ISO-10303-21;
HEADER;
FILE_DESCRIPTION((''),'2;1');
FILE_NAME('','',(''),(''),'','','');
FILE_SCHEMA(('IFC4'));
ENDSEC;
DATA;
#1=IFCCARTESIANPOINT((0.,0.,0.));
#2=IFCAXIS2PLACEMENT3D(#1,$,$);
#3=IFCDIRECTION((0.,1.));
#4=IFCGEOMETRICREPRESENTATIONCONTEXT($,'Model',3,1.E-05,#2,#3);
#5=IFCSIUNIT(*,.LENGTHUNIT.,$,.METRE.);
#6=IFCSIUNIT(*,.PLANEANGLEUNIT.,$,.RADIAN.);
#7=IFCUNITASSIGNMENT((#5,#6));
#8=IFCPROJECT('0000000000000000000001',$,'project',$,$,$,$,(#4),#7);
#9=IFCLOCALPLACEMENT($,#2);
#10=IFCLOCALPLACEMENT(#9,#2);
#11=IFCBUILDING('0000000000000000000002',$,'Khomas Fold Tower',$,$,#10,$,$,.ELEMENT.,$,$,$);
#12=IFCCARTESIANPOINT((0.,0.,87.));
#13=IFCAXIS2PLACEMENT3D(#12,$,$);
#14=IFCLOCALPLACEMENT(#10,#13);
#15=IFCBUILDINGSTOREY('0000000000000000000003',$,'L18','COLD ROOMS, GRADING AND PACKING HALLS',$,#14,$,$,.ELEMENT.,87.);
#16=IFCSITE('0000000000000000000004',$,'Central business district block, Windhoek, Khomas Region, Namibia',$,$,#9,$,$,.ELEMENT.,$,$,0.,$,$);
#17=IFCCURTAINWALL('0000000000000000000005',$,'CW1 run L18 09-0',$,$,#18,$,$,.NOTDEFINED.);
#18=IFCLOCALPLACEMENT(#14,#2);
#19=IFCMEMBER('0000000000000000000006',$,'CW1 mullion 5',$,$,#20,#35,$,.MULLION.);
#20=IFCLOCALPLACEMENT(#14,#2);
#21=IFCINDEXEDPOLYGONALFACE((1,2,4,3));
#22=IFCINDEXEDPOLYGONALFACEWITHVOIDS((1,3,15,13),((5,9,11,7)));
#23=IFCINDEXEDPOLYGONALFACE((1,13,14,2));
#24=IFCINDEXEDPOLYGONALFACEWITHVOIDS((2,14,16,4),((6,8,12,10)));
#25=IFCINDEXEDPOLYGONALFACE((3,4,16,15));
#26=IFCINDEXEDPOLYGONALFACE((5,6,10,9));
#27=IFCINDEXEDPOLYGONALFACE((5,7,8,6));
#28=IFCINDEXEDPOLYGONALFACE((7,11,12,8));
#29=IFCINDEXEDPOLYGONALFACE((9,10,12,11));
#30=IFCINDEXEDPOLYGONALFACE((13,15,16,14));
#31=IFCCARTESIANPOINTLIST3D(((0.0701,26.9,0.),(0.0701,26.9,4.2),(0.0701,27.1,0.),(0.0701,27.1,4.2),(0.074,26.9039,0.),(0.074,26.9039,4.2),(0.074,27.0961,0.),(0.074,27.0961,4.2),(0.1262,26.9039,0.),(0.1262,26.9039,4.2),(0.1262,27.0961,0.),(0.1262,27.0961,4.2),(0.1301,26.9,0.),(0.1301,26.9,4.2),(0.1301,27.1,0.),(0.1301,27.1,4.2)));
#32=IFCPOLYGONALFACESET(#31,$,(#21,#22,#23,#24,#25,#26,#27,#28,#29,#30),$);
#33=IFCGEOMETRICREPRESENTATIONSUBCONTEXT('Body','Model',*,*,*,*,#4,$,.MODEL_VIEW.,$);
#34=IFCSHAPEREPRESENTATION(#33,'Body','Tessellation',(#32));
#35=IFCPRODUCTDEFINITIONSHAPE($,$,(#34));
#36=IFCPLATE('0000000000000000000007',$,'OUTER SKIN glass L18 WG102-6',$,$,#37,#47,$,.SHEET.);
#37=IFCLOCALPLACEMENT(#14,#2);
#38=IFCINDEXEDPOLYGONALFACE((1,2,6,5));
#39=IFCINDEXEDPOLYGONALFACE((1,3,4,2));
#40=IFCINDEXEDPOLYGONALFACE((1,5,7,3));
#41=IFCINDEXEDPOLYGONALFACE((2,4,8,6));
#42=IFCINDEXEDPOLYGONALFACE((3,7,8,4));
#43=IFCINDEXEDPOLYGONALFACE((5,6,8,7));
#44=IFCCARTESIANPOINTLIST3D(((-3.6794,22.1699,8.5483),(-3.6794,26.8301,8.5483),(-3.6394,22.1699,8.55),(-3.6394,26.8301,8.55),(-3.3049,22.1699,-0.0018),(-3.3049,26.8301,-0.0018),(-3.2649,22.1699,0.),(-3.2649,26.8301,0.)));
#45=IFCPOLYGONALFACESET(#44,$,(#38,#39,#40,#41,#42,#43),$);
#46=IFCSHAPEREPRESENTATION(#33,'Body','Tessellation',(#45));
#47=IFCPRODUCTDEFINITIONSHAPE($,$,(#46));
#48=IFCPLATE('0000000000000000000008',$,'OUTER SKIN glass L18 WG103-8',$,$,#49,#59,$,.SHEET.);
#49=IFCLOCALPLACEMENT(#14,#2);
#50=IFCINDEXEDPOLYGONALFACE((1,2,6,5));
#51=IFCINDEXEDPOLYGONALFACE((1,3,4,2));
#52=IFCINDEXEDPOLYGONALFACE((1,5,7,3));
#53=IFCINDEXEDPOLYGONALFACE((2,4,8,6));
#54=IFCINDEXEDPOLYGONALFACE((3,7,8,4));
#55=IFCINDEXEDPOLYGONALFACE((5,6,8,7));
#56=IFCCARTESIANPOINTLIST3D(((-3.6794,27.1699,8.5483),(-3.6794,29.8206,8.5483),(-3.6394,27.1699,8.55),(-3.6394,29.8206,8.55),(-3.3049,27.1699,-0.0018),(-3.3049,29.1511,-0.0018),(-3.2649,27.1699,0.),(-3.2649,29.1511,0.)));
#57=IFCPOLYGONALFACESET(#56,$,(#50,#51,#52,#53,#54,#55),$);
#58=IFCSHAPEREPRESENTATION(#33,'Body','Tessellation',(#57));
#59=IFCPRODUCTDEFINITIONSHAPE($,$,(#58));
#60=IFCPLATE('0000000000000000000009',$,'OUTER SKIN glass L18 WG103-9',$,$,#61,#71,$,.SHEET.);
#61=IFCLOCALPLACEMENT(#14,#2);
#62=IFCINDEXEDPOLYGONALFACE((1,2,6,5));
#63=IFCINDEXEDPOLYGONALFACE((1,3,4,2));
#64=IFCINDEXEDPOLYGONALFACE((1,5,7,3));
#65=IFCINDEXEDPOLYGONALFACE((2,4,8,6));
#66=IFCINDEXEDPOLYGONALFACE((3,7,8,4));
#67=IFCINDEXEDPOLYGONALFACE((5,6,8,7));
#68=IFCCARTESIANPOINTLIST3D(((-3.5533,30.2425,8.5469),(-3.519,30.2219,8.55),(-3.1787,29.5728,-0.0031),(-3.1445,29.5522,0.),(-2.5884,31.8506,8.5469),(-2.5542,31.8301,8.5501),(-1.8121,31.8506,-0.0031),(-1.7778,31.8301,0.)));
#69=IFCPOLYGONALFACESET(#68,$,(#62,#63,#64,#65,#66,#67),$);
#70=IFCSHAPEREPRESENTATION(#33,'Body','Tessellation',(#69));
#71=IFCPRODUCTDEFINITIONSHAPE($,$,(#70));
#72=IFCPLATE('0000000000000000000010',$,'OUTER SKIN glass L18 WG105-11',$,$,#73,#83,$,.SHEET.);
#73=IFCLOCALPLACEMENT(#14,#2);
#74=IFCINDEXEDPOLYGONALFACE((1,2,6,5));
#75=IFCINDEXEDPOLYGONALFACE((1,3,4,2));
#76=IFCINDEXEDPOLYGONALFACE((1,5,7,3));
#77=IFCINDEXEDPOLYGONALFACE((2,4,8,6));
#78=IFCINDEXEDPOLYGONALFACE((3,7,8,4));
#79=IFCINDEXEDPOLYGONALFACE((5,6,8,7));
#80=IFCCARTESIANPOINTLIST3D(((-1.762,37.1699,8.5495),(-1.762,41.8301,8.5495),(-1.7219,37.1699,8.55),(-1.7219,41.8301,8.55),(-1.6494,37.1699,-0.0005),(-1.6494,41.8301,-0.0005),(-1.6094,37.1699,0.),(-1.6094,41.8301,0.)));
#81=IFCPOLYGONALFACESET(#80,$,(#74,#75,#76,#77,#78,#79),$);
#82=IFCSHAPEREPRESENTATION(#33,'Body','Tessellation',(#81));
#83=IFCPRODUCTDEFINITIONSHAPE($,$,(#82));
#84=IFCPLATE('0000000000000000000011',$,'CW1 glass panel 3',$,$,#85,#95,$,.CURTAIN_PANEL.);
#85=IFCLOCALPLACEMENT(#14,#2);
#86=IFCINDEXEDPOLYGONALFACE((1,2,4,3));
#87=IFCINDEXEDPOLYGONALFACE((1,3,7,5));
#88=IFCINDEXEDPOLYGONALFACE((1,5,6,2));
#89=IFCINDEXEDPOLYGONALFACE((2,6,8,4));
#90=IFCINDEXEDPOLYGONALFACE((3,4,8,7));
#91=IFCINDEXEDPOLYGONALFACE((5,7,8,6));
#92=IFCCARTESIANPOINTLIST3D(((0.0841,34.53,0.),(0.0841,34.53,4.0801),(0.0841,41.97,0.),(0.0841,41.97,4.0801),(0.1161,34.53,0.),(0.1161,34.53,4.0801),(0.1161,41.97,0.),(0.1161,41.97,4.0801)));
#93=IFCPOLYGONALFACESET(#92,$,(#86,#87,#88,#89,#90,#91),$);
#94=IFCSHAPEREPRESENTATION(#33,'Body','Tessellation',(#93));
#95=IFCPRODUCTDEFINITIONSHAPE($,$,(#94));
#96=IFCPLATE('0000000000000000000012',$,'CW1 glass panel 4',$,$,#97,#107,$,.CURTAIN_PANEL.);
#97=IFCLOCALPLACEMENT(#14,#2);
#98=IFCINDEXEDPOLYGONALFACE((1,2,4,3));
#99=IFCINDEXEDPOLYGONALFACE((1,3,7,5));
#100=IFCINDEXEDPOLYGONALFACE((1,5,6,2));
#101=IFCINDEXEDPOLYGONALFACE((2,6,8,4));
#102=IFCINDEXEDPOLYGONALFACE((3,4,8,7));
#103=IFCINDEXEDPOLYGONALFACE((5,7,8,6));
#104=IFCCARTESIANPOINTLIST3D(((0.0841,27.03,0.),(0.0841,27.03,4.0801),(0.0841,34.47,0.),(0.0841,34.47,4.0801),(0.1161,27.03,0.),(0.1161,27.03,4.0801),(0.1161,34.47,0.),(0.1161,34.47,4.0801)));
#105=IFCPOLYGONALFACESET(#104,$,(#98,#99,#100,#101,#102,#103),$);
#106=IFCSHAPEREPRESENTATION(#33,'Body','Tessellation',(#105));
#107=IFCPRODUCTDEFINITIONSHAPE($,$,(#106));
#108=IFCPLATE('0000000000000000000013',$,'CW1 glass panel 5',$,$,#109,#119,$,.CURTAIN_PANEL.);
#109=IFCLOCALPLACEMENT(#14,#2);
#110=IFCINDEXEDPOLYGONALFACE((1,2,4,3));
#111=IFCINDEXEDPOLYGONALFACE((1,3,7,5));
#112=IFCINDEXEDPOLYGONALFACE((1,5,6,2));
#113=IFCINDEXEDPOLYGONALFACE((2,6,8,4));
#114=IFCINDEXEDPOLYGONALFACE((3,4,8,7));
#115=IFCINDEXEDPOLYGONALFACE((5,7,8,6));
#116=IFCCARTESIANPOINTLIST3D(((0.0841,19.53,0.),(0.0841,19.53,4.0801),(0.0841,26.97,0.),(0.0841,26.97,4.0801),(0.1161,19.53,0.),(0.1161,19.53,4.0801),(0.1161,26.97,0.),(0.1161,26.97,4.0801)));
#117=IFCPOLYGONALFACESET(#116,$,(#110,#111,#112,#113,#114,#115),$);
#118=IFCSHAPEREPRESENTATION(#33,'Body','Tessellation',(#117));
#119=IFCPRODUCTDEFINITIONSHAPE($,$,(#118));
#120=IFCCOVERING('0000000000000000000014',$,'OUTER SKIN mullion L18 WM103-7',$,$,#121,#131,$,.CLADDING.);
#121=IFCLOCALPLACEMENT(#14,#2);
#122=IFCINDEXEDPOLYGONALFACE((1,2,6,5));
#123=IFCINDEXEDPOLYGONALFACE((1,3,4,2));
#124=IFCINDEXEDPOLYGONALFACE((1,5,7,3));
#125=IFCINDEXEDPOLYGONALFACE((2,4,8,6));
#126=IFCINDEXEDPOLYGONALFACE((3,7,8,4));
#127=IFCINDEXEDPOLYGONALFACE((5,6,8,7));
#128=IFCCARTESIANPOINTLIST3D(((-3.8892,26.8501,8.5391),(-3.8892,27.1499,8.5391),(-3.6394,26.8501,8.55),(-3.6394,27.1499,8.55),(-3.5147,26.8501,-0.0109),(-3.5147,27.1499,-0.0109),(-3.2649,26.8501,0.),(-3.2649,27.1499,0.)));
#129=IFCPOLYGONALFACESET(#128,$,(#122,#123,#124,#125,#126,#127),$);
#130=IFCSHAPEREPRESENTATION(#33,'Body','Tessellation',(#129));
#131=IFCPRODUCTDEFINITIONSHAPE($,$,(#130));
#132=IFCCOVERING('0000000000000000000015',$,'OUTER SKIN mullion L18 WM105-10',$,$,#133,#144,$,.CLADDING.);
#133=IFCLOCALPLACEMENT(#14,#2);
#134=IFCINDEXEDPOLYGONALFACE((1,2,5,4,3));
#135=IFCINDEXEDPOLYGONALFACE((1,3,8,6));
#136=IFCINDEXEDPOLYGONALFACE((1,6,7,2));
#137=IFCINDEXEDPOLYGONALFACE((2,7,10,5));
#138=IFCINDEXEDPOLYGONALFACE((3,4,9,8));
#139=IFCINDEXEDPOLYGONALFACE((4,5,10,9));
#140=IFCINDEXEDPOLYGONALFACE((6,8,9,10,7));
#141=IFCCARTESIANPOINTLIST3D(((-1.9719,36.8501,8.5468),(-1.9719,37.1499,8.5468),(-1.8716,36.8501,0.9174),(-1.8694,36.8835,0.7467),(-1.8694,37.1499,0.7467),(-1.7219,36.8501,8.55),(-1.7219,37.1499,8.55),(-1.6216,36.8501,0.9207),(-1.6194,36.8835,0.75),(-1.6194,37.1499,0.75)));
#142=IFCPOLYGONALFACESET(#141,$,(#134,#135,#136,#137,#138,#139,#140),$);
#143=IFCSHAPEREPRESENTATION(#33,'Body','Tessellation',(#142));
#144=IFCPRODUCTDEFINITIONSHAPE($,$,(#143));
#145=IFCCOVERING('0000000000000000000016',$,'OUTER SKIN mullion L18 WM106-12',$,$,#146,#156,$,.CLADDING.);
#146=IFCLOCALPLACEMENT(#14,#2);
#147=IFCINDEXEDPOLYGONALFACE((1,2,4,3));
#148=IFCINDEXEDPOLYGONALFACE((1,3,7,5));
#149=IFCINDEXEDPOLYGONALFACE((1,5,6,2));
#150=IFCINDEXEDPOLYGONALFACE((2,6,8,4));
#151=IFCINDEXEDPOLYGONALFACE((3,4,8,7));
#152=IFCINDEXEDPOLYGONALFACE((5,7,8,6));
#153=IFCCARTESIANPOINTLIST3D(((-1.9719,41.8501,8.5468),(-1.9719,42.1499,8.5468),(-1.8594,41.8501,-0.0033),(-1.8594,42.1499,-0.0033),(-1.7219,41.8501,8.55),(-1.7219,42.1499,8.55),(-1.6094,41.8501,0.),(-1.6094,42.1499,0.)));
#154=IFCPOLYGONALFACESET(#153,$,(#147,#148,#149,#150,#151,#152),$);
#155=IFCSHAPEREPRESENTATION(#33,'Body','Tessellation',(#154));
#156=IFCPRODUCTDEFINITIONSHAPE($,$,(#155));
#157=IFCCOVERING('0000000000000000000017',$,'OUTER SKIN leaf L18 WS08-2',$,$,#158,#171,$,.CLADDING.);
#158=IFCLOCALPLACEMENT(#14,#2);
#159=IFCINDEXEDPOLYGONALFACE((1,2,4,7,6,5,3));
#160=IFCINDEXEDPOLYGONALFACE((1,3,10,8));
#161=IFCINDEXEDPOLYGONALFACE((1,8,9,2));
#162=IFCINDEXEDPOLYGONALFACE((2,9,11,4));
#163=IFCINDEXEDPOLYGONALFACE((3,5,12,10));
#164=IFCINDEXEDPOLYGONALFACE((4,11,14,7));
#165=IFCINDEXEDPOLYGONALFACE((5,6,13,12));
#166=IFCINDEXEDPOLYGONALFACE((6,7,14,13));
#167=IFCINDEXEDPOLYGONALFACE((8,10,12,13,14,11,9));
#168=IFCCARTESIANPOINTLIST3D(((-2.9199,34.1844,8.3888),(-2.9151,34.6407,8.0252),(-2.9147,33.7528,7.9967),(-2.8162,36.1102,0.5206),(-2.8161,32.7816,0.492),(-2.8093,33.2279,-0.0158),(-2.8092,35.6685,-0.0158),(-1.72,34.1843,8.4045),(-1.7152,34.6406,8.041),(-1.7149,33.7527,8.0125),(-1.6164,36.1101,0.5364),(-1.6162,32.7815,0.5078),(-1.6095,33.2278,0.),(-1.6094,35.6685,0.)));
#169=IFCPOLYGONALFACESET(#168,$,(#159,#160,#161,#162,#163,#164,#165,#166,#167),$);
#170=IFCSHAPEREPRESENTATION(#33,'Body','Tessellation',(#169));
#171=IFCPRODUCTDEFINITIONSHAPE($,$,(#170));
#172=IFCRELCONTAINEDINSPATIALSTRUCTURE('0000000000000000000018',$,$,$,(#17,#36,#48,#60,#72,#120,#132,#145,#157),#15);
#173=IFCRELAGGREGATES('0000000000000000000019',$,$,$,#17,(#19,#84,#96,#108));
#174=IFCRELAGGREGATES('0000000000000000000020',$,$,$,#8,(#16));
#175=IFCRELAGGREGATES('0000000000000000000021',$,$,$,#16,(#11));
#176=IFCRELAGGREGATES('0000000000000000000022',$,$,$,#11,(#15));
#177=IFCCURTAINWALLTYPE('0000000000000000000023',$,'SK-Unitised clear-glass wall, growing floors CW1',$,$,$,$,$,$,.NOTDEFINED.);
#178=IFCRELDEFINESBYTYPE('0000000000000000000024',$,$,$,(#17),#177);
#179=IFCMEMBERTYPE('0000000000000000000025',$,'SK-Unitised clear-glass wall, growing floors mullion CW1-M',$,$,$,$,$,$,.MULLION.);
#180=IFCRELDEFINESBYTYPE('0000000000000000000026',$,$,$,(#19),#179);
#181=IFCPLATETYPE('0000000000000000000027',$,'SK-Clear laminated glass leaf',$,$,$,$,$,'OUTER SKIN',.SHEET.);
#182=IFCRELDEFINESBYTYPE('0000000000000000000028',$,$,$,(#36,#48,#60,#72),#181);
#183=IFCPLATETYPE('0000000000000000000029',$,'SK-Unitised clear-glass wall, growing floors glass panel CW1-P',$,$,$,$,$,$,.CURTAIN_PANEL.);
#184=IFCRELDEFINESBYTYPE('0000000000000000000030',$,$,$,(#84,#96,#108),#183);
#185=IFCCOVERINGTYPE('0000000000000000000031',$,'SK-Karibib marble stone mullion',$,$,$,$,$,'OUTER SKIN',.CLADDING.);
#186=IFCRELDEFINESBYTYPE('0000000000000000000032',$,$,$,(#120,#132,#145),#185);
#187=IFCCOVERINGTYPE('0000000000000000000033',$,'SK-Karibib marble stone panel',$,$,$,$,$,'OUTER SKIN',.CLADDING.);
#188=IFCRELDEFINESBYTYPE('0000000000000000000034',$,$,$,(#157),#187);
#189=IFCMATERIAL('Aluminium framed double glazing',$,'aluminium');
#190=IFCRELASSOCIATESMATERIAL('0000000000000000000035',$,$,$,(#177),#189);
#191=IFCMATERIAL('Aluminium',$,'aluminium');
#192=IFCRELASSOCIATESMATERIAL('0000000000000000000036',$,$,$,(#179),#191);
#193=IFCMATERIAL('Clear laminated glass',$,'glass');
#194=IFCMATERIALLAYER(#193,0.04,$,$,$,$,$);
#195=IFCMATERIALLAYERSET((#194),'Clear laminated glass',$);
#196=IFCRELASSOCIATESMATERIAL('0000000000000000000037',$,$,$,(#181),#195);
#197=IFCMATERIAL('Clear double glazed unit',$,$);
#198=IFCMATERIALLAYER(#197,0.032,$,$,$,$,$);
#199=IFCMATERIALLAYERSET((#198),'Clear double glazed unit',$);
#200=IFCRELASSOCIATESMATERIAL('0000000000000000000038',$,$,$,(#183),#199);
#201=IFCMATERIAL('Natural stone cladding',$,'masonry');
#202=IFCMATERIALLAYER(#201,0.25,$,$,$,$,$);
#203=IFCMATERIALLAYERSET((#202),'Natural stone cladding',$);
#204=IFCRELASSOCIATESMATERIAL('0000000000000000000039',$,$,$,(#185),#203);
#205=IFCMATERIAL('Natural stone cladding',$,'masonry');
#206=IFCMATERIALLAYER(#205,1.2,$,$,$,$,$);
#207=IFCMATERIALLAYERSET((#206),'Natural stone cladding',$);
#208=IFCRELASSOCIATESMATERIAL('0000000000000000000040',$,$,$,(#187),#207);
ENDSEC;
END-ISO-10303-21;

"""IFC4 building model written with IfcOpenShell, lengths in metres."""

from ifc_helpers import new_model, si_unit, direction, frame, origin, origin_2d, place, context, subcontext, project, spatial, polyline, rectangle, hollow_rectangle, outline, extrude, source, transform, mapped, material, layer, layer_set, material_profile, profile_set, type_object, element, aggregate, save


model = new_model("IFC4")

# Units and contexts
model_context = context("Model", 3, precision=1e-05, world=origin(), true_north=direction((0.0, 1.0)))
body_context = subcontext(model_context, "Body", "Model", "MODEL_VIEW")
ifc_project = project(units=[si_unit("LENGTHUNIT", "METRE"), si_unit("PLANEANGLEUNIT", "RADIAN")], contexts=[model_context])

# Site, building, storey
site_placement = place(None, origin())
site = spatial("IfcSite", under=ifc_project, at=site_placement, Name="Central business district block, Windhoek, Khomas Region, Namibia", CompositionType="ELEMENT", RefElevation=0.0)
building_placement = place(site_placement, origin())
building = spatial("IfcBuilding", under=site, at=building_placement, Name="Khomas Fold Tower", CompositionType="ELEMENT")
storey_placement = place(building_placement, frame((0.0, 0.0, 87.0)))
storey = spatial("IfcBuildingStorey", under=building, at=storey_placement, Name="L18", Description="COLD ROOMS, GRADING AND PACKING HALLS", CompositionType="ELEMENT", Elevation=87.0)

# Curtain wall, member
ifc_material_1 = material(Name="Aluminium framed double glazing", Category="aluminium")
curtain_wall_type = type_object("IfcCurtainWallType", Name="SK-Unitised clear-glass wall, growing floors CW1", PredefinedType="NOTDEFINED", material=ifc_material_1)
curtain_wall_placement = place(storey_placement, origin())
curtain_wall = element("IfcCurtainWall", 1, at=curtain_wall_placement, inside=storey, type_object=curtain_wall_type, Name="CW1 run L18 09-0", PredefinedType="NOTDEFINED")
ifc_material_2 = material(Name="Aluminium", Category="aluminium")
ifc_material_profile_1 = material_profile(ifc_material_2, hollow_rectangle(XDim=0.0601, YDim=0.2, WallThickness=0.0039, at=origin_2d()), Name="SK-Unitised clear-glass wall, growing floors mullion CW1-M")
ifc_profile_set_1 = profile_set([ifc_material_profile_1], Name="Aluminium")
member_type_1 = type_object("IfcMemberType", Name="SK-Unitised clear-glass wall, growing floors mullion CW1-M", PredefinedType="MULLION", material=ifc_profile_set_1)
shared_shape_1 = source(origin(), body_context, "Body", "SweptSolid", [
    extrude(hollow_rectangle(XDim=0.0601, YDim=0.2, WallThickness=0.0039, at=origin_2d()), origin(), (0.0, 0.0, 1.0), 4.2),
])
member_1_placement = place(storey_placement, frame((0.1001, 27.0, 0.0), z_axis=(0.0, 0.0, 1.0), x_axis=(1.0, 0.0, 0.0)))
member_1 = element("IfcMember", 2, at=member_1_placement, type_object=member_type_1, Name="CW1 mullion 5", PredefinedType="MULLION", context=body_context, shape_type="MappedRepresentation", body=[
    mapped(shared_shape_1, transform((0.0, 0.0, 0.0))),
])

# Plates
ifc_material_3 = material(Name="Clear laminated glass", Category="glass")
ifc_layer_1 = layer(ifc_material_3, 0.04)
ifc_layer_set_1 = layer_set([ifc_layer_1], Name="Clear laminated glass")
plate_type_1 = type_object("IfcPlateType", Name="SK-Clear laminated glass leaf", ElementType="OUTER SKIN", PredefinedType="SHEET", material=ifc_layer_set_1)
plate_1_placement = place(storey_placement, frame((-3.6394, 26.8301, 8.55), z_axis=(0.999042, 0.0, 0.04376), x_axis=(0.04376, 0.0, -0.999042)))
element("IfcPlate", 3, at=plate_1_placement, inside=storey, type_object=plate_type_1, Name="OUTER SKIN glass L18 WG102-6", PredefinedType="SHEET", context=body_context, shape_type="SweptSolid", body=[
    extrude(outline(polyline([(0.0, 0.0), (8.5582, 0.0), (8.5582, -4.6602), (0.0, -4.6602), (0.0, 0.0)])), origin(), (0.0, 0.0, -1.0), 0.04),
])
plate_2_placement = place(storey_placement, frame((-3.6394, 29.8206, 8.55), z_axis=(0.999042, 0.0, 0.04376), x_axis=(0.043627, -0.077983, -0.996)))
element("IfcPlate", 4, at=plate_2_placement, inside=storey, type_object=plate_type_1, Name="OUTER SKIN glass L18 WG103-8", PredefinedType="SHEET", context=body_context, shape_type="SweptSolid", body=[
    extrude(outline(polyline([(0.0, 0.0), (8.5844, 0.0), (8.7389, -1.9752), (0.2067, -2.6426), (0.0, 0.0)])), origin(), (0.0, 0.0, -1.0), 0.04),
])
plate_3_placement = place(storey_placement, frame((-3.519, 30.2219, 8.55), z_axis=(0.85491, -0.512935, 0.077625), x_axis=(0.514488, 0.857498, 0.000001)))
element("IfcPlate", 5, at=plate_3_placement, inside=storey, type_object=plate_type_1, Name="OUTER SKIN glass L18 WG103-9", PredefinedType="SHEET", context=body_context, shape_type="SweptSolid", body=[
    extrude(outline(polyline([(0.0, 0.0), (1.8754, 0.0), (2.2748, -8.5759), (-0.3816, -8.5759), (0.0, 0.0)])), origin(), (0.0, 0.0, -1.0), 0.04),
])
plate_4_placement = place(storey_placement, frame((-1.7219, 41.8301, 8.55), z_axis=(0.999913, 0.0, 0.013162), x_axis=(0.013162, 0.0, -0.999913)))
element("IfcPlate", 6, at=plate_4_placement, inside=storey, type_object=plate_type_1, Name="OUTER SKIN glass L18 WG105-11", PredefinedType="SHEET", context=body_context, shape_type="SweptSolid", body=[
    extrude(outline(polyline([(0.0, 0.0), (8.5508, 0.0), (8.5508, -4.6602), (0.0, -4.6602), (0.0, 0.0)])), origin(), (0.0, 0.0, -1.0), 0.04),
])

# Plates
ifc_material_4 = material(Name="Clear double glazed unit")
ifc_layer_2 = layer(ifc_material_4, 0.032)
ifc_layer_set_2 = layer_set([ifc_layer_2], Name="Clear double glazed unit")
plate_type_2 = type_object("IfcPlateType", Name="SK-Unitised clear-glass wall, growing floors glass panel CW1-P", PredefinedType="CURTAIN_PANEL", material=ifc_layer_set_2)
shared_shape_2 = source(origin(), body_context, "Body", "SweptSolid", [
    extrude(rectangle(XDim=7.4399, YDim=0.032, at=origin_2d()), origin(), (0.0, 0.0, 1.0), 4.0801),
])
plate_5_placement = place(storey_placement, frame((0.1001, 38.25, 0.0), z_axis=(0.0, 0.0, 1.0), x_axis=(0.0, -1.0, 0.0)))
plate_5 = element("IfcPlate", 7, at=plate_5_placement, type_object=plate_type_2, Name="CW1 glass panel 3", PredefinedType="CURTAIN_PANEL", context=body_context, shape_type="MappedRepresentation", body=[
    mapped(shared_shape_2, transform((0.0, 0.0, 0.0))),
])
plate_6_placement = place(storey_placement, frame((0.1001, 30.75, 0.0), z_axis=(0.0, 0.0, 1.0), x_axis=(0.0, -1.0, 0.0)))
plate_6 = element("IfcPlate", 8, at=plate_6_placement, type_object=plate_type_2, Name="CW1 glass panel 4", PredefinedType="CURTAIN_PANEL", context=body_context, shape_type="MappedRepresentation", body=[
    mapped(shared_shape_2, transform((0.0, 0.0, 0.0))),
])
plate_7_placement = place(storey_placement, frame((0.1001, 23.25, 0.0), z_axis=(0.0, 0.0, 1.0), x_axis=(0.0, -1.0, 0.0)))
plate_7 = element("IfcPlate", 9, at=plate_7_placement, type_object=plate_type_2, Name="CW1 glass panel 5", PredefinedType="CURTAIN_PANEL", context=body_context, shape_type="MappedRepresentation", body=[
    mapped(shared_shape_2, transform((0.0, 0.0, 0.0))),
])
aggregate(curtain_wall, [member_1, plate_5, plate_6, plate_7])

# Coverings
ifc_material_5 = material(Name="Natural stone cladding", Category="masonry")
ifc_layer_3 = layer(ifc_material_5, 0.25)
ifc_layer_set_3 = layer_set([ifc_layer_3], Name="Natural stone cladding")
covering_type_1 = type_object("IfcCoveringType", Name="SK-Karibib marble stone mullion", ElementType="OUTER SKIN", PredefinedType="CLADDING", material=ifc_layer_set_3)
covering_1_placement = place(storey_placement, frame((-3.6394, 27.1499, 8.55), z_axis=(0.999042, 0.0, 0.04376), x_axis=(0.04376, 0.0, -0.999042)))
element("IfcCovering", 10, at=covering_1_placement, inside=storey, type_object=covering_type_1, Name="OUTER SKIN mullion L18 WM103-7", PredefinedType="CLADDING", context=body_context, shape_type="SweptSolid", body=[
    extrude(outline(polyline([(0.0, 0.0), (8.5582, 0.0), (8.5582, -0.2998), (0.0, -0.2998), (0.0, 0.0)])), origin(), (0.0, 0.0, -1.0), 0.25),
])
covering_2_placement = place(storey_placement, frame((-1.7219, 36.8501, 8.55), z_axis=(0.999914, 0.000077, 0.013145), x_axis=(-0.000077, 1.0, -0.000001)))
element("IfcCovering", 11, at=covering_2_placement, inside=storey, type_object=covering_type_1, Name="OUTER SKIN mullion L18 WM105-10", PredefinedType="CLADDING", context=body_context, shape_type="SweptSolid", body=[
    extrude(outline(polyline([(0.0, 0.0), (0.2998, 0.0), (0.2998, -7.8007), (0.0334, -7.8007), (0.0, -7.6301), (0.0, 0.0)])), origin(), (0.0, 0.0, -1.0), 0.25),
])
covering_3_placement = place(storey_placement, frame((-1.7219, 42.1499, 8.55), z_axis=(0.999913, 0.0, 0.013162), x_axis=(0.013162, 0.0, -0.999913)))
element("IfcCovering", 12, at=covering_3_placement, inside=storey, type_object=covering_type_1, Name="OUTER SKIN mullion L18 WM106-12", PredefinedType="CLADDING", context=body_context, shape_type="SweptSolid", body=[
    extrude(outline(polyline([(0.0, 0.0), (8.5508, 0.0), (8.5508, -0.2998), (0.0, -0.2998), (0.0, 0.0)])), origin(), (0.0, 0.0, -1.0), 0.25),
])
ifc_material_6 = material(Name="Natural stone cladding", Category="masonry")
ifc_layer_4 = layer(ifc_material_6, 1.2)
ifc_layer_set_4 = layer_set([ifc_layer_4], Name="Natural stone cladding")
covering_type_2 = type_object("IfcCoveringType", Name="SK-Karibib marble stone panel", ElementType="OUTER SKIN", PredefinedType="CLADDING", material=ifc_layer_set_4)
covering_4_placement = place(storey_placement, frame((-1.6162, 32.7815, 0.5078), z_axis=(0.999913, -0.00006, 0.013157), x_axis=(-0.01304, 0.128331, 0.991646)))
element("IfcCovering", 13, at=covering_4_placement, inside=storey, type_object=covering_type_2, Name="OUTER SKIN leaf L18 WS08-2", PredefinedType="CLADDING", context=body_context, shape_type="SweptSolid", body=[
    extrude(outline(polyline([(0.0, 0.0), (7.5679, 0.0), (8.0121, -0.3777), (7.7101, -0.8769), (0.4555, -3.2974), (-0.1332, -2.9283), (-0.4464, -0.5078), (0.0, 0.0)])), origin(), (0.0, 0.0, -1.0), 1.2),
])

save(model, "model.ifc")
